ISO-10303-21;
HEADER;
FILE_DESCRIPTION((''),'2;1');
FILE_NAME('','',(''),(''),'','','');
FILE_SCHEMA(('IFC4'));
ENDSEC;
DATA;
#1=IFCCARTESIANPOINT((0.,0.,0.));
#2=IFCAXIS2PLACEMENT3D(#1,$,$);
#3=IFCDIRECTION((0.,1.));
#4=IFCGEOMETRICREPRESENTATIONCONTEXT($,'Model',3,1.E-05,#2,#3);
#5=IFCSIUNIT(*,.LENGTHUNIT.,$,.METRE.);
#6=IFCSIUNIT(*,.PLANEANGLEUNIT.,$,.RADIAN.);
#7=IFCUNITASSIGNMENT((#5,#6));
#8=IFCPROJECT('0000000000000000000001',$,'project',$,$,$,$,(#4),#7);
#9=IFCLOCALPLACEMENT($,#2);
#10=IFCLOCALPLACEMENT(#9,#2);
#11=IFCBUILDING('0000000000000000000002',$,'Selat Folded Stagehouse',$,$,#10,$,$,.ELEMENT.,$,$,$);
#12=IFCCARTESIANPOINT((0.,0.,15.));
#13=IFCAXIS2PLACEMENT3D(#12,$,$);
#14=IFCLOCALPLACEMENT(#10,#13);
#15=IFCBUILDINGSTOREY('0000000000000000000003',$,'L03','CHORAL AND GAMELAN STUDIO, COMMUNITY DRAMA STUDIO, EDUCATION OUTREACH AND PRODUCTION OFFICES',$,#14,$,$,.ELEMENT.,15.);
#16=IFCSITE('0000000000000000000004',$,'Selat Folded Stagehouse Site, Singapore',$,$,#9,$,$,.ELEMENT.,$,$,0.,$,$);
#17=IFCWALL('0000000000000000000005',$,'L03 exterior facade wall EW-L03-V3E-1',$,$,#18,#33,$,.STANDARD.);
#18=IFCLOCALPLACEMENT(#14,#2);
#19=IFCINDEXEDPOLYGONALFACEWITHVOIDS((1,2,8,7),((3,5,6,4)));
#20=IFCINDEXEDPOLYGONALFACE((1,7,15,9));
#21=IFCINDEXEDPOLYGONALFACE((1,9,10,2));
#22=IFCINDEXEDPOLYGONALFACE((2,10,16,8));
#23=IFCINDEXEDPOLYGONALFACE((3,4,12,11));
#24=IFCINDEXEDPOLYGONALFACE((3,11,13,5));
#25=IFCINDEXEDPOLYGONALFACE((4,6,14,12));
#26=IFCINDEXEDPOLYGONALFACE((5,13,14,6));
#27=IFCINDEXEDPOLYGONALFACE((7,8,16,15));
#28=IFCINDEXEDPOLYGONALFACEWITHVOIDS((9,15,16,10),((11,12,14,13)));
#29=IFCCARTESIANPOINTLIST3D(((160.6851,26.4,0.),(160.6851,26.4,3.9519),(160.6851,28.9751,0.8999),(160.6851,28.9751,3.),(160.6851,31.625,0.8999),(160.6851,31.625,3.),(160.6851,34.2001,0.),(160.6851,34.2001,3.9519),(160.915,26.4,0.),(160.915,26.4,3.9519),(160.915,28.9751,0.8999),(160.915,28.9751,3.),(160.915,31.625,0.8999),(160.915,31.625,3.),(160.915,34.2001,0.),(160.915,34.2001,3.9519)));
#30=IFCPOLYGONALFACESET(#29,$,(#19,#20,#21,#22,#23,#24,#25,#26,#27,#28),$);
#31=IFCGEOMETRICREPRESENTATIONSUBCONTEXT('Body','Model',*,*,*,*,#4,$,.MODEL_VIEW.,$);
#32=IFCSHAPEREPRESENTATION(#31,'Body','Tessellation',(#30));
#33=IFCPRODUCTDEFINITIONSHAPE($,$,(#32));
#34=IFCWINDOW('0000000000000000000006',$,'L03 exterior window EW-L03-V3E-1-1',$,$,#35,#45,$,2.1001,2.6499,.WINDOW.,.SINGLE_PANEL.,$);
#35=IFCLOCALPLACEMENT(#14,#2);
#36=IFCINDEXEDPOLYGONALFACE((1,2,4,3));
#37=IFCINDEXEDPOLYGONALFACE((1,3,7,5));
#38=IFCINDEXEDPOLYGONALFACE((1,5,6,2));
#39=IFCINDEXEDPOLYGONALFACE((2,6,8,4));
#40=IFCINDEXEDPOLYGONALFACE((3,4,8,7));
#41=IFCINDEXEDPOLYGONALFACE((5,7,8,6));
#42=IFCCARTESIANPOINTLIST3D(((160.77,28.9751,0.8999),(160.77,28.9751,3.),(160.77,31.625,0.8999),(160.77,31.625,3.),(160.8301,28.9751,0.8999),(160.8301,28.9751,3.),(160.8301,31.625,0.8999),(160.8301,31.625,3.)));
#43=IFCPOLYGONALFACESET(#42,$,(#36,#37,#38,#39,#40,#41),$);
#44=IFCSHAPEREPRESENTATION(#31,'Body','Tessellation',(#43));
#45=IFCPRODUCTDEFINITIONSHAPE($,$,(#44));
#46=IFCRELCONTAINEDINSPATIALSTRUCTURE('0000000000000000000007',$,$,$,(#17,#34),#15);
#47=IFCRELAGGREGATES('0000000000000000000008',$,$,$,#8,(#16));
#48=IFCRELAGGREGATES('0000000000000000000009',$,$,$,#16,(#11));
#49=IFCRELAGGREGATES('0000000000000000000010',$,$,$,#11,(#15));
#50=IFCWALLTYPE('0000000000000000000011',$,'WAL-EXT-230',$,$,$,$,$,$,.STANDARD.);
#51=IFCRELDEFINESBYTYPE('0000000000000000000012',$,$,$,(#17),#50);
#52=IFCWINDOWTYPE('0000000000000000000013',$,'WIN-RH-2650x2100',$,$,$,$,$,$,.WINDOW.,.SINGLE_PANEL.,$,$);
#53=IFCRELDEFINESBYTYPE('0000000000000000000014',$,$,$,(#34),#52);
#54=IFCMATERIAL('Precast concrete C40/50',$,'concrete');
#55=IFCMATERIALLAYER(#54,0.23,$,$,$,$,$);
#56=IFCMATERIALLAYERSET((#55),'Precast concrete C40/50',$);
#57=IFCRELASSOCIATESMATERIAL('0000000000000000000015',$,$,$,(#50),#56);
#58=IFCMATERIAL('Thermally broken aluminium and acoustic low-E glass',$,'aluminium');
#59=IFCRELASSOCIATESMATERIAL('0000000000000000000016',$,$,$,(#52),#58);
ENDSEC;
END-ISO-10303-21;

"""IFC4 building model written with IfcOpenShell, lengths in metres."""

from ifc_helpers import new_model, si_unit, direction, frame, frame_2d, origin, place, context, subcontext, project, spatial, rectangle, extrude, material, layer, layer_set, type_object, element, fill, save


model = new_model("IFC4")

# Units and contexts
model_context = context("Model", 3, precision=1e-05, world=origin(), true_north=direction((0.0, 1.0)))
body_context = subcontext(model_context, "Body", "Model", "MODEL_VIEW")
ifc_project = project(units=[si_unit("LENGTHUNIT", "METRE"), si_unit("PLANEANGLEUNIT", "RADIAN")], contexts=[model_context])

# Site, building, storey
site_placement = place(None, origin())
site = spatial("IfcSite", under=ifc_project, at=site_placement, Name="Selat Folded Stagehouse Site, Singapore", CompositionType="ELEMENT", RefElevation=0.0)
building_placement = place(site_placement, origin())
building = spatial("IfcBuilding", under=site, at=building_placement, Name="Selat Folded Stagehouse", CompositionType="ELEMENT")
storey_placement = place(building_placement, frame((0.0, 0.0, 15.0)))
storey = spatial("IfcBuildingStorey", under=building, at=storey_placement, Name="L03", Description="CHORAL AND GAMELAN STUDIO, COMMUNITY DRAMA STUDIO, EDUCATION OUTREACH AND PRODUCTION OFFICES", CompositionType="ELEMENT", Elevation=15.0)

# Wall, opening, window
ifc_material_1 = material(Name="Precast concrete C40/50", Category="concrete")
ifc_layer_1 = layer(ifc_material_1, 0.23)
ifc_layer_set_1 = layer_set([ifc_layer_1], Name="Precast concrete C40/50")
wall_type = type_object("IfcWallType", Name="WAL-EXT-230", PredefinedType="STANDARD", material=ifc_layer_set_1)
wall_placement = place(storey_placement, frame((160.8, 34.2, 0.0), z_axis=(0.0, 0.0, 1.0), x_axis=(0.0, -1.0, 0.0)))
wall = element("IfcWall", 1, at=wall_placement, inside=storey, type_object=wall_type, Name="L03 exterior facade wall EW-L03-V3E-1", PredefinedType="STANDARD", context=body_context, shape_type="SweptSolid", body=[
    extrude(rectangle(XDim=7.8, YDim=0.23, at=frame_2d((3.8999, 0.0))), origin(), (0.0, 0.0, 1.0), 3.9519),
])
opening_placement = place(wall_placement, frame((2.575, 0.0, 0.8999)))
opening = element("IfcOpeningElement", 2, at=opening_placement, cuts=wall, PredefinedType="OPENING", context=body_context, shape_type="SweptSolid", body=[
    extrude(rectangle(XDim=2.6499, YDim=2.1001, at=frame_2d((1.325, 1.05))), frame((0.0, 0.125, 0.0), z_axis=(0.0, -1.0, 0.0), x_axis=(1.0, 0.0, 0.0)), (0.0, 0.0, 1.0), 0.25),
])
ifc_material_2 = material(Name="Thermally broken aluminium and acoustic low-E glass", Category="aluminium")
window_type = type_object("IfcWindowType", Name="WIN-RH-2650x2100", PartitioningType="SINGLE_PANEL", PredefinedType="WINDOW", material=ifc_material_2)
window_placement = place(opening_placement, origin())
window = element("IfcWindow", 3, at=window_placement, inside=storey, type_object=window_type, Name="L03 exterior window EW-L03-V3E-1-1", OverallHeight=2.1001, OverallWidth=2.6499, PartitioningType="SINGLE_PANEL", PredefinedType="WINDOW", context=body_context, shape_type="SweptSolid", body=[
    extrude(rectangle(XDim=2.6499, YDim=2.1001, at=frame_2d((1.325, 1.05))), frame((0.0, 0.03, 0.0), z_axis=(0.0, -1.0, 0.0), x_axis=(1.0, 0.0, 0.0)), (0.0, 0.0, 1.0), 0.0601),
])
fill(opening, window)

save(model, "model.ifc")
